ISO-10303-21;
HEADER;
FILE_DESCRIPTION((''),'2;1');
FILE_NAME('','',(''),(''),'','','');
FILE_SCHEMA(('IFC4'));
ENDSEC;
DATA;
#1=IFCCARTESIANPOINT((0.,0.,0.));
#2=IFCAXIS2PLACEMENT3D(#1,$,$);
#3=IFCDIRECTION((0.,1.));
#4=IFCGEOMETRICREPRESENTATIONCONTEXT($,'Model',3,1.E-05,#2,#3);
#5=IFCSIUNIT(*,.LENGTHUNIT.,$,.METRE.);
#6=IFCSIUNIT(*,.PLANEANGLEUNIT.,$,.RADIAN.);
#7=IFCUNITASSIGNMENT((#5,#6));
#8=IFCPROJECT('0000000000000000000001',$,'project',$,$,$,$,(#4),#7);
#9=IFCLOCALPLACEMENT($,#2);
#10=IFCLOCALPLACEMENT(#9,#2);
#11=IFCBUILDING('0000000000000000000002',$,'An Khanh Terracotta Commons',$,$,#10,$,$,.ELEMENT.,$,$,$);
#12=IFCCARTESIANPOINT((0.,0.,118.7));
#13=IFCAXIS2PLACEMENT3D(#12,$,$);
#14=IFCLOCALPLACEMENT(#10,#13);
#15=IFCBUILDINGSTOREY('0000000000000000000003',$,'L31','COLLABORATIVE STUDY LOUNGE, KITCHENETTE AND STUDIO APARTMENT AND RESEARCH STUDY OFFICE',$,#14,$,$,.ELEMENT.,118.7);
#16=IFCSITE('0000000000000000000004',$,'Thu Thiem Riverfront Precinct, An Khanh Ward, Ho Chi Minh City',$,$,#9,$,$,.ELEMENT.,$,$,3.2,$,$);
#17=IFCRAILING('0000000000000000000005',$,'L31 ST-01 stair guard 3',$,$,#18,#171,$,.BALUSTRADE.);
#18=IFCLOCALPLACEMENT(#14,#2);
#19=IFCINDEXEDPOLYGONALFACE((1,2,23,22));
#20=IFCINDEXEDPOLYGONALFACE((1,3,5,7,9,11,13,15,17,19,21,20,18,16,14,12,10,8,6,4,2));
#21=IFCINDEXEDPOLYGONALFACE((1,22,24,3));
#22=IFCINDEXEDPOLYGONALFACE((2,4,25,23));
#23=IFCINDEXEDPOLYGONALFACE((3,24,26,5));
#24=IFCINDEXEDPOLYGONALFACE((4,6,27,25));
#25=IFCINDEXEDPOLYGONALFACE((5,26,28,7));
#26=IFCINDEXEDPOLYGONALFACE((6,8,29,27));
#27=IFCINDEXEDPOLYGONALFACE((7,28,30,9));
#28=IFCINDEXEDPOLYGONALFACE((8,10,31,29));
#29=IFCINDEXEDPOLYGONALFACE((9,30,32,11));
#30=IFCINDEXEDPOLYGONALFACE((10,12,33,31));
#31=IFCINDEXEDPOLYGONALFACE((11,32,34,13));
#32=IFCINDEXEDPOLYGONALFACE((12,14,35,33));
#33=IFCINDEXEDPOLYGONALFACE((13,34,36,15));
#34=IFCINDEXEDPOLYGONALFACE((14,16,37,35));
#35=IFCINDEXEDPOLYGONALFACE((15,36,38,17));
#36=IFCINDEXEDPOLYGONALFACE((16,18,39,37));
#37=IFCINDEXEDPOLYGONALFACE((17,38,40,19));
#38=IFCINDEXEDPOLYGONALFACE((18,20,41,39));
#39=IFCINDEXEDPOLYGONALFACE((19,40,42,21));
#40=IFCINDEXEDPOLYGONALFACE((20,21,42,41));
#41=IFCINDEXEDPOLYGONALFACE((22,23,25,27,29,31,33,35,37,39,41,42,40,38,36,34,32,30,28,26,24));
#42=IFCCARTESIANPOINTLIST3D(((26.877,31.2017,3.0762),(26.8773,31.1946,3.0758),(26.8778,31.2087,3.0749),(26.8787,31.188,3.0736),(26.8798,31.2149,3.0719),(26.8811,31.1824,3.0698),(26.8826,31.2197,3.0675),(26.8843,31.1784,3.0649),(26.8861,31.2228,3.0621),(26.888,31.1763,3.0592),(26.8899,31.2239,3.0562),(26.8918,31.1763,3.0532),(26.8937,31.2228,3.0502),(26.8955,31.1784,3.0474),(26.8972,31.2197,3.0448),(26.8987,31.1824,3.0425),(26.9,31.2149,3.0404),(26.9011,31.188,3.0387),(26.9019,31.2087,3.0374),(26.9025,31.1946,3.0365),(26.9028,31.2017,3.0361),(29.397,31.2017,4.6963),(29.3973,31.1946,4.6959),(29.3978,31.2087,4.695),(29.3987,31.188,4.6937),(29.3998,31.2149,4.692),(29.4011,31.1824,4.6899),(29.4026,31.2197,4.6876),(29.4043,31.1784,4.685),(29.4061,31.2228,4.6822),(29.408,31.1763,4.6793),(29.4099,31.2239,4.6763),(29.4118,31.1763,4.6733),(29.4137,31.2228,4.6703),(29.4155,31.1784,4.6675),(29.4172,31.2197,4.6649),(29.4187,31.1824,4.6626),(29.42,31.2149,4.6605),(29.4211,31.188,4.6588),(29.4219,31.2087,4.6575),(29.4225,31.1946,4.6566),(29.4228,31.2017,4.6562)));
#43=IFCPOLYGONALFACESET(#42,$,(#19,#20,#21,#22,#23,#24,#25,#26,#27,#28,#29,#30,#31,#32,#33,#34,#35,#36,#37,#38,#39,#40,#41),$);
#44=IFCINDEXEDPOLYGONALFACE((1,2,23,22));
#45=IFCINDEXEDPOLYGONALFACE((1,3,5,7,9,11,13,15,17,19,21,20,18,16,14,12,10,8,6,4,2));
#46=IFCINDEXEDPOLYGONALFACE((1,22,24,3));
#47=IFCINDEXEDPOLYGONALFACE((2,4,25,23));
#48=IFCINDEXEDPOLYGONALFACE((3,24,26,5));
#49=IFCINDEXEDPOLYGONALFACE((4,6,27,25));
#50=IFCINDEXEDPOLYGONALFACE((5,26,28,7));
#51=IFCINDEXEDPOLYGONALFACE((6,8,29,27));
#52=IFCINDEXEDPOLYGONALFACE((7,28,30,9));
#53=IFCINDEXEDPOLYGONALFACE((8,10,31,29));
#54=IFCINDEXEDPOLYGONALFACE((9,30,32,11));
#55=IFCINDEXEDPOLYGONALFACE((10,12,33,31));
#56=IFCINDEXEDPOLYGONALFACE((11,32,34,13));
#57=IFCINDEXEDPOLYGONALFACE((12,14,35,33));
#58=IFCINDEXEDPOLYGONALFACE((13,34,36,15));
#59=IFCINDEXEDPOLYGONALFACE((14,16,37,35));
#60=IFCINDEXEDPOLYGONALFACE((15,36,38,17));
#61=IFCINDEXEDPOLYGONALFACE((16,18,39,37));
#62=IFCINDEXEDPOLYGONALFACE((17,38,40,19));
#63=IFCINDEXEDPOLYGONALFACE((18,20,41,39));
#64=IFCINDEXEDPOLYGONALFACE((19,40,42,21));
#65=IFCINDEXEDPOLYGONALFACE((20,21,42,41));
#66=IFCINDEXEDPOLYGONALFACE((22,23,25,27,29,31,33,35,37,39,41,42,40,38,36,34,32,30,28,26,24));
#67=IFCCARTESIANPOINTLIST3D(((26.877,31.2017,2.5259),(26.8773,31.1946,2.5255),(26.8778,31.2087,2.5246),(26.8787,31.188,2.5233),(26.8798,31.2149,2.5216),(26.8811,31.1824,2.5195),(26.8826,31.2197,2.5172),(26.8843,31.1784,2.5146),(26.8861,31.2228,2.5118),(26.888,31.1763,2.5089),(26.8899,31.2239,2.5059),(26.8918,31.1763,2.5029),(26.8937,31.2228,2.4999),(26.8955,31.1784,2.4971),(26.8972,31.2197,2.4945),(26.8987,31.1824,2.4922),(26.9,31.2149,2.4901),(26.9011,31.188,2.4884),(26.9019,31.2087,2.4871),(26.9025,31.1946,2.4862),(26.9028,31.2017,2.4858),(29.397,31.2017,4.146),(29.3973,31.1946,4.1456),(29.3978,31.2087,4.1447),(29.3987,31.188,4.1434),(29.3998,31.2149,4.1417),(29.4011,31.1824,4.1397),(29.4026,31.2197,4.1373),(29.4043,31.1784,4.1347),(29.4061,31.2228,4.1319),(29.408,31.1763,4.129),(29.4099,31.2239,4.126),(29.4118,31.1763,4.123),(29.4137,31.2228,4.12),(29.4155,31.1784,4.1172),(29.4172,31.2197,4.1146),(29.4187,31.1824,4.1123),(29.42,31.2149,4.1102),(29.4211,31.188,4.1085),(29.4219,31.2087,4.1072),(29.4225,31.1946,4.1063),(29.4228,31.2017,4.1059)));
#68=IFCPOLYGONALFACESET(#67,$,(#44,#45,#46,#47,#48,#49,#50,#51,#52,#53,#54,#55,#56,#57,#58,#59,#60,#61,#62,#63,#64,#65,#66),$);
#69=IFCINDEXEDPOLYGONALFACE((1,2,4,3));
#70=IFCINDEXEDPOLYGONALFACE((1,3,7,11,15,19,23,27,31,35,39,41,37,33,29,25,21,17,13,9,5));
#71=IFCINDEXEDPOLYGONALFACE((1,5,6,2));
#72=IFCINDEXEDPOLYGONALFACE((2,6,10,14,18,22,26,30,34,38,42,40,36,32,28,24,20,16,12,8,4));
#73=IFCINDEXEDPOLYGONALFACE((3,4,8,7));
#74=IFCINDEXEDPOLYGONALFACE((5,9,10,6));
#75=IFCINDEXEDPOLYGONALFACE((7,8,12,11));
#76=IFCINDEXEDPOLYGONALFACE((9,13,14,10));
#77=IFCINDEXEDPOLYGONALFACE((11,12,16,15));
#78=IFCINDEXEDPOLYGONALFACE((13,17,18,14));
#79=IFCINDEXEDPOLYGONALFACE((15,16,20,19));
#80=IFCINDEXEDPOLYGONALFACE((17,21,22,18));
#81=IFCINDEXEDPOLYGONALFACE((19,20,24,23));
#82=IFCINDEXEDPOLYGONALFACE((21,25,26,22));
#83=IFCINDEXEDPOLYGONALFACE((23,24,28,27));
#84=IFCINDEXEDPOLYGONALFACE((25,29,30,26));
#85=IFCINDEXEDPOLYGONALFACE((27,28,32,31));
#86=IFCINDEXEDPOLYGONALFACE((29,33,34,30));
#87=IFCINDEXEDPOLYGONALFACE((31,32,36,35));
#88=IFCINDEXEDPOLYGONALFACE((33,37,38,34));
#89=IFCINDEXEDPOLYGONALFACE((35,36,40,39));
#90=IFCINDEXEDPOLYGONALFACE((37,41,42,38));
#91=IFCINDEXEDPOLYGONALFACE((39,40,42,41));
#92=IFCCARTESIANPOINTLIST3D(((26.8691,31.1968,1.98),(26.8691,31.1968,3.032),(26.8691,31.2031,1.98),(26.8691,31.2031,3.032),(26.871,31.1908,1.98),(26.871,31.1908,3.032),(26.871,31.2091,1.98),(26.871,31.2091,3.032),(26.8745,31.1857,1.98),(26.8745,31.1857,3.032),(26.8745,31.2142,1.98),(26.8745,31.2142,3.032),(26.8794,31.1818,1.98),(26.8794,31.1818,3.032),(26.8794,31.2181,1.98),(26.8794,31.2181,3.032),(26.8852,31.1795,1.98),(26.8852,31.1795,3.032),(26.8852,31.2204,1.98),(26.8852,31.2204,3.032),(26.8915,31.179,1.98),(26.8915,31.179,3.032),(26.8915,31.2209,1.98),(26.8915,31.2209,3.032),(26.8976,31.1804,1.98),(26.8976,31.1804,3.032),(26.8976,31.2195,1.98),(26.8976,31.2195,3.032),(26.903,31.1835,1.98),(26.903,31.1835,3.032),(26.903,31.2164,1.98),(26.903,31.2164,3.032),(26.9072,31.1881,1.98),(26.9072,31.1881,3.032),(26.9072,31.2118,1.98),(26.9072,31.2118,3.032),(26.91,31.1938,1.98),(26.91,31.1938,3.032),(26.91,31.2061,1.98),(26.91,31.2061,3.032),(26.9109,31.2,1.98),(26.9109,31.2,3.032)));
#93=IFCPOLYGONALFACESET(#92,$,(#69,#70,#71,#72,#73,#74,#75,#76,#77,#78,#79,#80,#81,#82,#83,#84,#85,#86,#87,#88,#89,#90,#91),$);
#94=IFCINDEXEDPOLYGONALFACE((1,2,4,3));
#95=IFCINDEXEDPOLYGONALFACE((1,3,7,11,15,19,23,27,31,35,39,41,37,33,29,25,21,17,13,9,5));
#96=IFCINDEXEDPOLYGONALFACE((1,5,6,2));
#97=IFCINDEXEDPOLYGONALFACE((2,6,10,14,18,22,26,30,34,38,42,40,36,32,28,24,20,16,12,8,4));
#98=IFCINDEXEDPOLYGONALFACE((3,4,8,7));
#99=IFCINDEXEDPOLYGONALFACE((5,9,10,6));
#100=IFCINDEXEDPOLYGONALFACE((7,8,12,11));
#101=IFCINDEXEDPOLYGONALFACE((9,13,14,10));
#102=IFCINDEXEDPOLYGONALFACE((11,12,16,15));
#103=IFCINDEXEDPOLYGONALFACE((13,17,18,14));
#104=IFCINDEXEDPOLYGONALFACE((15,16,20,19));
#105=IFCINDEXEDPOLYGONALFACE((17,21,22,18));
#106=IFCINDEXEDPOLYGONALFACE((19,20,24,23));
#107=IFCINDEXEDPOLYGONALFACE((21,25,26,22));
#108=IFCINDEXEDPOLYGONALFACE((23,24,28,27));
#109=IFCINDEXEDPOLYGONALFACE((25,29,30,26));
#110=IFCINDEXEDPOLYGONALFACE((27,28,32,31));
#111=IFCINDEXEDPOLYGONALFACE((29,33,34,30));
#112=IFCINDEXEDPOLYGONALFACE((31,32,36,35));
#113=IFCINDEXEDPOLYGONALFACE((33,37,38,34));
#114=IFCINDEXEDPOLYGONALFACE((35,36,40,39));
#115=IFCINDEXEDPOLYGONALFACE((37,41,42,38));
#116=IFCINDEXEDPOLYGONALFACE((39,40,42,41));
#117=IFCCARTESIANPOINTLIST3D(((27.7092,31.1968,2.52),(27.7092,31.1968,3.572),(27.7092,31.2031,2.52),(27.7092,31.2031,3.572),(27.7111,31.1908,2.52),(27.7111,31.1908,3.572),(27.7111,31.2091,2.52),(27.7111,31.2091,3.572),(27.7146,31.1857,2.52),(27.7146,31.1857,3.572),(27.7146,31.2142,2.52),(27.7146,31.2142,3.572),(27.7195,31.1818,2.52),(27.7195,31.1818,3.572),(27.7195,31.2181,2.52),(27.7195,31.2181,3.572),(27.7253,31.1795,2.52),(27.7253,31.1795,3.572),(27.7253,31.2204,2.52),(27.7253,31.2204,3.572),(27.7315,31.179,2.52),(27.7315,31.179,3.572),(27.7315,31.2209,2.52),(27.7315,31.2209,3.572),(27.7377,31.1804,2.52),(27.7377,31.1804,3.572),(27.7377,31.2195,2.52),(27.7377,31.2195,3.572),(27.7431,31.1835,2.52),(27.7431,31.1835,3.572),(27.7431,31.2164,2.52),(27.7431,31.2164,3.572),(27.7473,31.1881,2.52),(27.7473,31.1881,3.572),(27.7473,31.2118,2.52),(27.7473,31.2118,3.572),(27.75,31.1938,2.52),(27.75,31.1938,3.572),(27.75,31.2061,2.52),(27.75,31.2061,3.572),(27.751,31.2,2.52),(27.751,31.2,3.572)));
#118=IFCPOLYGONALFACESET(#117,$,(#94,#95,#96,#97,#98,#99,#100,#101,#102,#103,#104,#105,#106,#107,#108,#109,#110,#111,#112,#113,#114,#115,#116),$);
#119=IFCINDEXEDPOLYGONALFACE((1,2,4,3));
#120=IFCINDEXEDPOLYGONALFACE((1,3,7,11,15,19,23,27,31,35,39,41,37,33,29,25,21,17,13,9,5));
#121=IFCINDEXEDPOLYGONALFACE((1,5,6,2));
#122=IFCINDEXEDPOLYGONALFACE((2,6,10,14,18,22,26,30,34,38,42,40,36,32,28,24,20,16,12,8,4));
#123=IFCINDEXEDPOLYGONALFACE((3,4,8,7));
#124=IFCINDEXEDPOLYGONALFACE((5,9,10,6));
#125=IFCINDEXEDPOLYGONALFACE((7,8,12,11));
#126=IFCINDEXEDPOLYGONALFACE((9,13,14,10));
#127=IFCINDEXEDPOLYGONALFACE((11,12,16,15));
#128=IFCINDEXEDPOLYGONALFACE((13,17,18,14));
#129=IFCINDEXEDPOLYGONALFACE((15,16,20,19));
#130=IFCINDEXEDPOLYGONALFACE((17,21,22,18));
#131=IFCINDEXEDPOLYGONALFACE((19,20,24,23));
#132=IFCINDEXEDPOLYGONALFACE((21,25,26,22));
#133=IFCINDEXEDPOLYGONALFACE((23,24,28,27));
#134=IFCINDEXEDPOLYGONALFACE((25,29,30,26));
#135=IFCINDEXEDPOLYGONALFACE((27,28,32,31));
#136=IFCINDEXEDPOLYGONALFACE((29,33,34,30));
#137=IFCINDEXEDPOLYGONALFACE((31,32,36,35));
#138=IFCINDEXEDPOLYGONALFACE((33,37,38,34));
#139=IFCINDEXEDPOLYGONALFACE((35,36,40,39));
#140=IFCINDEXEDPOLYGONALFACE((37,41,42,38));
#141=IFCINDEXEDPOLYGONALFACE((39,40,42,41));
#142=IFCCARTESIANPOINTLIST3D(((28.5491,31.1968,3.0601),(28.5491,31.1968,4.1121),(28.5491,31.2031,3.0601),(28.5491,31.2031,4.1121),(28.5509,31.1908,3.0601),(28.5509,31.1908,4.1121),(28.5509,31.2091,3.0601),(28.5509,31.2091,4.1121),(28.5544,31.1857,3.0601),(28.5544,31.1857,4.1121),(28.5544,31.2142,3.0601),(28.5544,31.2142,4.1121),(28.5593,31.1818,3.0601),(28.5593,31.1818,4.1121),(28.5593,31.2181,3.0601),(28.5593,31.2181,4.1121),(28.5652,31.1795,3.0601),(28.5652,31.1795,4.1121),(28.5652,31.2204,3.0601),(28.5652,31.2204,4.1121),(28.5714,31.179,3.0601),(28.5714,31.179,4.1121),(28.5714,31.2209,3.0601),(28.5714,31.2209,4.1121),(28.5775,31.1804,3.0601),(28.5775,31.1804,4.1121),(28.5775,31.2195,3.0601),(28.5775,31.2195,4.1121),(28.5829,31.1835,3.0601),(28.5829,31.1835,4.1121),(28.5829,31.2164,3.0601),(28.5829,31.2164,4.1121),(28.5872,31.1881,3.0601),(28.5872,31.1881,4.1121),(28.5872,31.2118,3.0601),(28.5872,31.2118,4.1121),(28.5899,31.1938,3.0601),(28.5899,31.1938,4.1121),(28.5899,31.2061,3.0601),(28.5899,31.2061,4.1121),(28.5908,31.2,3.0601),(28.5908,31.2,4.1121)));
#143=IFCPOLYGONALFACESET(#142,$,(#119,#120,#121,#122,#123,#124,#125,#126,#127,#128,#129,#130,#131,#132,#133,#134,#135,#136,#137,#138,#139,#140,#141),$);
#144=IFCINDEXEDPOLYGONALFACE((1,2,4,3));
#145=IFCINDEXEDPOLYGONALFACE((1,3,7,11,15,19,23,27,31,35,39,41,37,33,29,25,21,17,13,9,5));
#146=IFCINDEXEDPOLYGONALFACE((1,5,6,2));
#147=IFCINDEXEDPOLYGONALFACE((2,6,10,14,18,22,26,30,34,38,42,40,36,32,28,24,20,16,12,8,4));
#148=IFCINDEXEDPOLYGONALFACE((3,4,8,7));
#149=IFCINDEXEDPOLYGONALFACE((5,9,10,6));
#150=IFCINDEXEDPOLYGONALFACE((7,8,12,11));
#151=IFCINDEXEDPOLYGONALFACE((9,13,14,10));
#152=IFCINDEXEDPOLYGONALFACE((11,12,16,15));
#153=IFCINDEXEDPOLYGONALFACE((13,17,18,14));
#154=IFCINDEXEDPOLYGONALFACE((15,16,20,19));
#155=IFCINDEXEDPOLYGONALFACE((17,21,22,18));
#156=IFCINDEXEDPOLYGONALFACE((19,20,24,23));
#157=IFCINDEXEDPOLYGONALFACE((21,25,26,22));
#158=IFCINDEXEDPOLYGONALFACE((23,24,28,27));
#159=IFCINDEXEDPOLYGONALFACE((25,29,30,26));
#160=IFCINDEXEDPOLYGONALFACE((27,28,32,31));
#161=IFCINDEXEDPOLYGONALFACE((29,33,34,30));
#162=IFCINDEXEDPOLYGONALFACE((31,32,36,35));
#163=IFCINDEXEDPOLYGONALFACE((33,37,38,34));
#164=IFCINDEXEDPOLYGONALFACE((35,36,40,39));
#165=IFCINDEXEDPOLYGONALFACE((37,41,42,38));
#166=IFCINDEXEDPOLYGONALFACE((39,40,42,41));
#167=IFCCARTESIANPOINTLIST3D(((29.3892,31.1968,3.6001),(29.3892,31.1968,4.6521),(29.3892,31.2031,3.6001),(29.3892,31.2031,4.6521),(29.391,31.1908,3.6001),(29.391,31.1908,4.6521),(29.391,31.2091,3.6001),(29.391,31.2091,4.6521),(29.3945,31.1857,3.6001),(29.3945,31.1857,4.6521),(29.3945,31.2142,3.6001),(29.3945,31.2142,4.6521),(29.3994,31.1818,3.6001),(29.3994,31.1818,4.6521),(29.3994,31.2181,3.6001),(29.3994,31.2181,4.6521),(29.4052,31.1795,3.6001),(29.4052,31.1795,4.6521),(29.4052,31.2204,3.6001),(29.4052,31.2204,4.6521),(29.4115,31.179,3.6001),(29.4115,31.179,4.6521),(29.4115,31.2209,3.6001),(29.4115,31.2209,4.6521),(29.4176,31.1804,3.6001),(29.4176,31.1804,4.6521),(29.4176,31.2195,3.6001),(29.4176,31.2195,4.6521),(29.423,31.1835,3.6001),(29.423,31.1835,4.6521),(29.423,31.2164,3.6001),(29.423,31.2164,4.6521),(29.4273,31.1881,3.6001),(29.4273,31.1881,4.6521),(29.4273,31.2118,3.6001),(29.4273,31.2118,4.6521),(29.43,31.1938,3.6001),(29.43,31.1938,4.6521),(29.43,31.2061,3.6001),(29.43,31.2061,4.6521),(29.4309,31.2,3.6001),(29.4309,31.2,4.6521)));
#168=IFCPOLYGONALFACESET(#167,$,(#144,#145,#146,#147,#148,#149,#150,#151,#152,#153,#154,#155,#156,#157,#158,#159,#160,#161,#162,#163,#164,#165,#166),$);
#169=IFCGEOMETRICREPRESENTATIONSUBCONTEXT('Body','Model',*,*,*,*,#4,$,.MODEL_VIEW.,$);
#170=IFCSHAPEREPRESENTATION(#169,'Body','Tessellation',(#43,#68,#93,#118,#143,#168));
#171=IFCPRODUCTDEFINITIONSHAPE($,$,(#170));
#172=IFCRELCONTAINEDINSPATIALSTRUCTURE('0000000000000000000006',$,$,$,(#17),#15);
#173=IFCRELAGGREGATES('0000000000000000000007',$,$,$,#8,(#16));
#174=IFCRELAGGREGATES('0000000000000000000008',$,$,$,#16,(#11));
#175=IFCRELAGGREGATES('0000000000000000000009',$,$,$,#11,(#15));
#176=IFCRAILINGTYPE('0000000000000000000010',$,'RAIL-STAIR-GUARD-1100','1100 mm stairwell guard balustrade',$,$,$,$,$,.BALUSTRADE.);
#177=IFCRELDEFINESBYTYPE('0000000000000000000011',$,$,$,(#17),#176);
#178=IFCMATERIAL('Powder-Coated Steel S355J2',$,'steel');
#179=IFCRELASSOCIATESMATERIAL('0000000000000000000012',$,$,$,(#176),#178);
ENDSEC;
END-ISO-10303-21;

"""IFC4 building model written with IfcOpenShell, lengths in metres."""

from ifc_helpers import new_model, si_unit, direction, frame, origin, origin_2d, place, context, subcontext, project, spatial, circle, extrude, material, type_object, element, save


model = new_model("IFC4")

# Units and contexts
model_context = context("Model", 3, precision=1e-05, world=origin(), true_north=direction((0.0, 1.0)))
body_context = subcontext(model_context, "Body", "Model", "MODEL_VIEW")
ifc_project = project(units=[si_unit("LENGTHUNIT", "METRE"), si_unit("PLANEANGLEUNIT", "RADIAN")], contexts=[model_context])

# Site, building, storey
site_placement = place(None, origin())
site = spatial("IfcSite", under=ifc_project, at=site_placement, Name="Thu Thiem Riverfront Precinct, An Khanh Ward, Ho Chi Minh City", CompositionType="ELEMENT", RefElevation=3.2)
building_placement = place(site_placement, origin())
building = spatial("IfcBuilding", under=site, at=building_placement, Name="An Khanh Terracotta Commons", CompositionType="ELEMENT")
storey_placement = place(building_placement, frame((0.0, 0.0, 118.7)))
storey = spatial("IfcBuildingStorey", under=building, at=storey_placement, Name="L31", Description="COLLABORATIVE STUDY LOUNGE, KITCHENETTE AND STUDIO APARTMENT AND RESEARCH STUDY OFFICE", CompositionType="ELEMENT", Elevation=118.7)

# Railing
ifc_material_1 = material(Name="Powder-Coated Steel S355J2", Category="steel")
railing_type_1 = type_object("IfcRailingType", Name="RAIL-STAIR-GUARD-1100", Description="1100 mm stairwell guard balustrade", PredefinedType="BALUSTRADE", material=ifc_material_1)
railing_1_placement = place(storey_placement, frame((26.8899, 31.2, 1.98)))
element("IfcRailing", 1, at=railing_1_placement, inside=storey, type_object=railing_type_1, Name="L31 ST-01 stair guard 3", PredefinedType="BALUSTRADE", context=body_context, shape_type="SweptSolid", body=[
    extrude(circle(Radius=0.0239, at=origin_2d()), frame((0.0, 0.0, 1.0762), z_axis=(0.841163, 0.0, 0.540782), x_axis=(0.0, 1.0, 0.0)), (0.0, 0.0, 1.0), 2.9958),
    extrude(circle(Radius=0.0239, at=origin_2d()), frame((0.0, 0.0, 0.5259), z_axis=(0.841163, 0.0, 0.540782), x_axis=(0.0, 1.0, 0.0)), (0.0, 0.0, 1.0), 2.9958),
    extrude(circle(Radius=0.021, at=origin_2d()), origin(), (0.0, 0.0, 1.0), 1.052),
    extrude(circle(Radius=0.021, at=origin_2d()), frame((0.8401, 0.0, 0.54)), (0.0, 0.0, 1.0), 1.052),
    extrude(circle(Radius=0.021, at=origin_2d()), frame((1.6799, 0.0, 1.0801)), (0.0, 0.0, 1.0), 1.052),
    extrude(circle(Radius=0.021, at=origin_2d()), frame((2.52, 0.0, 1.6201)), (0.0, 0.0, 1.0), 1.052),
])

save(model, "model.ifc")
